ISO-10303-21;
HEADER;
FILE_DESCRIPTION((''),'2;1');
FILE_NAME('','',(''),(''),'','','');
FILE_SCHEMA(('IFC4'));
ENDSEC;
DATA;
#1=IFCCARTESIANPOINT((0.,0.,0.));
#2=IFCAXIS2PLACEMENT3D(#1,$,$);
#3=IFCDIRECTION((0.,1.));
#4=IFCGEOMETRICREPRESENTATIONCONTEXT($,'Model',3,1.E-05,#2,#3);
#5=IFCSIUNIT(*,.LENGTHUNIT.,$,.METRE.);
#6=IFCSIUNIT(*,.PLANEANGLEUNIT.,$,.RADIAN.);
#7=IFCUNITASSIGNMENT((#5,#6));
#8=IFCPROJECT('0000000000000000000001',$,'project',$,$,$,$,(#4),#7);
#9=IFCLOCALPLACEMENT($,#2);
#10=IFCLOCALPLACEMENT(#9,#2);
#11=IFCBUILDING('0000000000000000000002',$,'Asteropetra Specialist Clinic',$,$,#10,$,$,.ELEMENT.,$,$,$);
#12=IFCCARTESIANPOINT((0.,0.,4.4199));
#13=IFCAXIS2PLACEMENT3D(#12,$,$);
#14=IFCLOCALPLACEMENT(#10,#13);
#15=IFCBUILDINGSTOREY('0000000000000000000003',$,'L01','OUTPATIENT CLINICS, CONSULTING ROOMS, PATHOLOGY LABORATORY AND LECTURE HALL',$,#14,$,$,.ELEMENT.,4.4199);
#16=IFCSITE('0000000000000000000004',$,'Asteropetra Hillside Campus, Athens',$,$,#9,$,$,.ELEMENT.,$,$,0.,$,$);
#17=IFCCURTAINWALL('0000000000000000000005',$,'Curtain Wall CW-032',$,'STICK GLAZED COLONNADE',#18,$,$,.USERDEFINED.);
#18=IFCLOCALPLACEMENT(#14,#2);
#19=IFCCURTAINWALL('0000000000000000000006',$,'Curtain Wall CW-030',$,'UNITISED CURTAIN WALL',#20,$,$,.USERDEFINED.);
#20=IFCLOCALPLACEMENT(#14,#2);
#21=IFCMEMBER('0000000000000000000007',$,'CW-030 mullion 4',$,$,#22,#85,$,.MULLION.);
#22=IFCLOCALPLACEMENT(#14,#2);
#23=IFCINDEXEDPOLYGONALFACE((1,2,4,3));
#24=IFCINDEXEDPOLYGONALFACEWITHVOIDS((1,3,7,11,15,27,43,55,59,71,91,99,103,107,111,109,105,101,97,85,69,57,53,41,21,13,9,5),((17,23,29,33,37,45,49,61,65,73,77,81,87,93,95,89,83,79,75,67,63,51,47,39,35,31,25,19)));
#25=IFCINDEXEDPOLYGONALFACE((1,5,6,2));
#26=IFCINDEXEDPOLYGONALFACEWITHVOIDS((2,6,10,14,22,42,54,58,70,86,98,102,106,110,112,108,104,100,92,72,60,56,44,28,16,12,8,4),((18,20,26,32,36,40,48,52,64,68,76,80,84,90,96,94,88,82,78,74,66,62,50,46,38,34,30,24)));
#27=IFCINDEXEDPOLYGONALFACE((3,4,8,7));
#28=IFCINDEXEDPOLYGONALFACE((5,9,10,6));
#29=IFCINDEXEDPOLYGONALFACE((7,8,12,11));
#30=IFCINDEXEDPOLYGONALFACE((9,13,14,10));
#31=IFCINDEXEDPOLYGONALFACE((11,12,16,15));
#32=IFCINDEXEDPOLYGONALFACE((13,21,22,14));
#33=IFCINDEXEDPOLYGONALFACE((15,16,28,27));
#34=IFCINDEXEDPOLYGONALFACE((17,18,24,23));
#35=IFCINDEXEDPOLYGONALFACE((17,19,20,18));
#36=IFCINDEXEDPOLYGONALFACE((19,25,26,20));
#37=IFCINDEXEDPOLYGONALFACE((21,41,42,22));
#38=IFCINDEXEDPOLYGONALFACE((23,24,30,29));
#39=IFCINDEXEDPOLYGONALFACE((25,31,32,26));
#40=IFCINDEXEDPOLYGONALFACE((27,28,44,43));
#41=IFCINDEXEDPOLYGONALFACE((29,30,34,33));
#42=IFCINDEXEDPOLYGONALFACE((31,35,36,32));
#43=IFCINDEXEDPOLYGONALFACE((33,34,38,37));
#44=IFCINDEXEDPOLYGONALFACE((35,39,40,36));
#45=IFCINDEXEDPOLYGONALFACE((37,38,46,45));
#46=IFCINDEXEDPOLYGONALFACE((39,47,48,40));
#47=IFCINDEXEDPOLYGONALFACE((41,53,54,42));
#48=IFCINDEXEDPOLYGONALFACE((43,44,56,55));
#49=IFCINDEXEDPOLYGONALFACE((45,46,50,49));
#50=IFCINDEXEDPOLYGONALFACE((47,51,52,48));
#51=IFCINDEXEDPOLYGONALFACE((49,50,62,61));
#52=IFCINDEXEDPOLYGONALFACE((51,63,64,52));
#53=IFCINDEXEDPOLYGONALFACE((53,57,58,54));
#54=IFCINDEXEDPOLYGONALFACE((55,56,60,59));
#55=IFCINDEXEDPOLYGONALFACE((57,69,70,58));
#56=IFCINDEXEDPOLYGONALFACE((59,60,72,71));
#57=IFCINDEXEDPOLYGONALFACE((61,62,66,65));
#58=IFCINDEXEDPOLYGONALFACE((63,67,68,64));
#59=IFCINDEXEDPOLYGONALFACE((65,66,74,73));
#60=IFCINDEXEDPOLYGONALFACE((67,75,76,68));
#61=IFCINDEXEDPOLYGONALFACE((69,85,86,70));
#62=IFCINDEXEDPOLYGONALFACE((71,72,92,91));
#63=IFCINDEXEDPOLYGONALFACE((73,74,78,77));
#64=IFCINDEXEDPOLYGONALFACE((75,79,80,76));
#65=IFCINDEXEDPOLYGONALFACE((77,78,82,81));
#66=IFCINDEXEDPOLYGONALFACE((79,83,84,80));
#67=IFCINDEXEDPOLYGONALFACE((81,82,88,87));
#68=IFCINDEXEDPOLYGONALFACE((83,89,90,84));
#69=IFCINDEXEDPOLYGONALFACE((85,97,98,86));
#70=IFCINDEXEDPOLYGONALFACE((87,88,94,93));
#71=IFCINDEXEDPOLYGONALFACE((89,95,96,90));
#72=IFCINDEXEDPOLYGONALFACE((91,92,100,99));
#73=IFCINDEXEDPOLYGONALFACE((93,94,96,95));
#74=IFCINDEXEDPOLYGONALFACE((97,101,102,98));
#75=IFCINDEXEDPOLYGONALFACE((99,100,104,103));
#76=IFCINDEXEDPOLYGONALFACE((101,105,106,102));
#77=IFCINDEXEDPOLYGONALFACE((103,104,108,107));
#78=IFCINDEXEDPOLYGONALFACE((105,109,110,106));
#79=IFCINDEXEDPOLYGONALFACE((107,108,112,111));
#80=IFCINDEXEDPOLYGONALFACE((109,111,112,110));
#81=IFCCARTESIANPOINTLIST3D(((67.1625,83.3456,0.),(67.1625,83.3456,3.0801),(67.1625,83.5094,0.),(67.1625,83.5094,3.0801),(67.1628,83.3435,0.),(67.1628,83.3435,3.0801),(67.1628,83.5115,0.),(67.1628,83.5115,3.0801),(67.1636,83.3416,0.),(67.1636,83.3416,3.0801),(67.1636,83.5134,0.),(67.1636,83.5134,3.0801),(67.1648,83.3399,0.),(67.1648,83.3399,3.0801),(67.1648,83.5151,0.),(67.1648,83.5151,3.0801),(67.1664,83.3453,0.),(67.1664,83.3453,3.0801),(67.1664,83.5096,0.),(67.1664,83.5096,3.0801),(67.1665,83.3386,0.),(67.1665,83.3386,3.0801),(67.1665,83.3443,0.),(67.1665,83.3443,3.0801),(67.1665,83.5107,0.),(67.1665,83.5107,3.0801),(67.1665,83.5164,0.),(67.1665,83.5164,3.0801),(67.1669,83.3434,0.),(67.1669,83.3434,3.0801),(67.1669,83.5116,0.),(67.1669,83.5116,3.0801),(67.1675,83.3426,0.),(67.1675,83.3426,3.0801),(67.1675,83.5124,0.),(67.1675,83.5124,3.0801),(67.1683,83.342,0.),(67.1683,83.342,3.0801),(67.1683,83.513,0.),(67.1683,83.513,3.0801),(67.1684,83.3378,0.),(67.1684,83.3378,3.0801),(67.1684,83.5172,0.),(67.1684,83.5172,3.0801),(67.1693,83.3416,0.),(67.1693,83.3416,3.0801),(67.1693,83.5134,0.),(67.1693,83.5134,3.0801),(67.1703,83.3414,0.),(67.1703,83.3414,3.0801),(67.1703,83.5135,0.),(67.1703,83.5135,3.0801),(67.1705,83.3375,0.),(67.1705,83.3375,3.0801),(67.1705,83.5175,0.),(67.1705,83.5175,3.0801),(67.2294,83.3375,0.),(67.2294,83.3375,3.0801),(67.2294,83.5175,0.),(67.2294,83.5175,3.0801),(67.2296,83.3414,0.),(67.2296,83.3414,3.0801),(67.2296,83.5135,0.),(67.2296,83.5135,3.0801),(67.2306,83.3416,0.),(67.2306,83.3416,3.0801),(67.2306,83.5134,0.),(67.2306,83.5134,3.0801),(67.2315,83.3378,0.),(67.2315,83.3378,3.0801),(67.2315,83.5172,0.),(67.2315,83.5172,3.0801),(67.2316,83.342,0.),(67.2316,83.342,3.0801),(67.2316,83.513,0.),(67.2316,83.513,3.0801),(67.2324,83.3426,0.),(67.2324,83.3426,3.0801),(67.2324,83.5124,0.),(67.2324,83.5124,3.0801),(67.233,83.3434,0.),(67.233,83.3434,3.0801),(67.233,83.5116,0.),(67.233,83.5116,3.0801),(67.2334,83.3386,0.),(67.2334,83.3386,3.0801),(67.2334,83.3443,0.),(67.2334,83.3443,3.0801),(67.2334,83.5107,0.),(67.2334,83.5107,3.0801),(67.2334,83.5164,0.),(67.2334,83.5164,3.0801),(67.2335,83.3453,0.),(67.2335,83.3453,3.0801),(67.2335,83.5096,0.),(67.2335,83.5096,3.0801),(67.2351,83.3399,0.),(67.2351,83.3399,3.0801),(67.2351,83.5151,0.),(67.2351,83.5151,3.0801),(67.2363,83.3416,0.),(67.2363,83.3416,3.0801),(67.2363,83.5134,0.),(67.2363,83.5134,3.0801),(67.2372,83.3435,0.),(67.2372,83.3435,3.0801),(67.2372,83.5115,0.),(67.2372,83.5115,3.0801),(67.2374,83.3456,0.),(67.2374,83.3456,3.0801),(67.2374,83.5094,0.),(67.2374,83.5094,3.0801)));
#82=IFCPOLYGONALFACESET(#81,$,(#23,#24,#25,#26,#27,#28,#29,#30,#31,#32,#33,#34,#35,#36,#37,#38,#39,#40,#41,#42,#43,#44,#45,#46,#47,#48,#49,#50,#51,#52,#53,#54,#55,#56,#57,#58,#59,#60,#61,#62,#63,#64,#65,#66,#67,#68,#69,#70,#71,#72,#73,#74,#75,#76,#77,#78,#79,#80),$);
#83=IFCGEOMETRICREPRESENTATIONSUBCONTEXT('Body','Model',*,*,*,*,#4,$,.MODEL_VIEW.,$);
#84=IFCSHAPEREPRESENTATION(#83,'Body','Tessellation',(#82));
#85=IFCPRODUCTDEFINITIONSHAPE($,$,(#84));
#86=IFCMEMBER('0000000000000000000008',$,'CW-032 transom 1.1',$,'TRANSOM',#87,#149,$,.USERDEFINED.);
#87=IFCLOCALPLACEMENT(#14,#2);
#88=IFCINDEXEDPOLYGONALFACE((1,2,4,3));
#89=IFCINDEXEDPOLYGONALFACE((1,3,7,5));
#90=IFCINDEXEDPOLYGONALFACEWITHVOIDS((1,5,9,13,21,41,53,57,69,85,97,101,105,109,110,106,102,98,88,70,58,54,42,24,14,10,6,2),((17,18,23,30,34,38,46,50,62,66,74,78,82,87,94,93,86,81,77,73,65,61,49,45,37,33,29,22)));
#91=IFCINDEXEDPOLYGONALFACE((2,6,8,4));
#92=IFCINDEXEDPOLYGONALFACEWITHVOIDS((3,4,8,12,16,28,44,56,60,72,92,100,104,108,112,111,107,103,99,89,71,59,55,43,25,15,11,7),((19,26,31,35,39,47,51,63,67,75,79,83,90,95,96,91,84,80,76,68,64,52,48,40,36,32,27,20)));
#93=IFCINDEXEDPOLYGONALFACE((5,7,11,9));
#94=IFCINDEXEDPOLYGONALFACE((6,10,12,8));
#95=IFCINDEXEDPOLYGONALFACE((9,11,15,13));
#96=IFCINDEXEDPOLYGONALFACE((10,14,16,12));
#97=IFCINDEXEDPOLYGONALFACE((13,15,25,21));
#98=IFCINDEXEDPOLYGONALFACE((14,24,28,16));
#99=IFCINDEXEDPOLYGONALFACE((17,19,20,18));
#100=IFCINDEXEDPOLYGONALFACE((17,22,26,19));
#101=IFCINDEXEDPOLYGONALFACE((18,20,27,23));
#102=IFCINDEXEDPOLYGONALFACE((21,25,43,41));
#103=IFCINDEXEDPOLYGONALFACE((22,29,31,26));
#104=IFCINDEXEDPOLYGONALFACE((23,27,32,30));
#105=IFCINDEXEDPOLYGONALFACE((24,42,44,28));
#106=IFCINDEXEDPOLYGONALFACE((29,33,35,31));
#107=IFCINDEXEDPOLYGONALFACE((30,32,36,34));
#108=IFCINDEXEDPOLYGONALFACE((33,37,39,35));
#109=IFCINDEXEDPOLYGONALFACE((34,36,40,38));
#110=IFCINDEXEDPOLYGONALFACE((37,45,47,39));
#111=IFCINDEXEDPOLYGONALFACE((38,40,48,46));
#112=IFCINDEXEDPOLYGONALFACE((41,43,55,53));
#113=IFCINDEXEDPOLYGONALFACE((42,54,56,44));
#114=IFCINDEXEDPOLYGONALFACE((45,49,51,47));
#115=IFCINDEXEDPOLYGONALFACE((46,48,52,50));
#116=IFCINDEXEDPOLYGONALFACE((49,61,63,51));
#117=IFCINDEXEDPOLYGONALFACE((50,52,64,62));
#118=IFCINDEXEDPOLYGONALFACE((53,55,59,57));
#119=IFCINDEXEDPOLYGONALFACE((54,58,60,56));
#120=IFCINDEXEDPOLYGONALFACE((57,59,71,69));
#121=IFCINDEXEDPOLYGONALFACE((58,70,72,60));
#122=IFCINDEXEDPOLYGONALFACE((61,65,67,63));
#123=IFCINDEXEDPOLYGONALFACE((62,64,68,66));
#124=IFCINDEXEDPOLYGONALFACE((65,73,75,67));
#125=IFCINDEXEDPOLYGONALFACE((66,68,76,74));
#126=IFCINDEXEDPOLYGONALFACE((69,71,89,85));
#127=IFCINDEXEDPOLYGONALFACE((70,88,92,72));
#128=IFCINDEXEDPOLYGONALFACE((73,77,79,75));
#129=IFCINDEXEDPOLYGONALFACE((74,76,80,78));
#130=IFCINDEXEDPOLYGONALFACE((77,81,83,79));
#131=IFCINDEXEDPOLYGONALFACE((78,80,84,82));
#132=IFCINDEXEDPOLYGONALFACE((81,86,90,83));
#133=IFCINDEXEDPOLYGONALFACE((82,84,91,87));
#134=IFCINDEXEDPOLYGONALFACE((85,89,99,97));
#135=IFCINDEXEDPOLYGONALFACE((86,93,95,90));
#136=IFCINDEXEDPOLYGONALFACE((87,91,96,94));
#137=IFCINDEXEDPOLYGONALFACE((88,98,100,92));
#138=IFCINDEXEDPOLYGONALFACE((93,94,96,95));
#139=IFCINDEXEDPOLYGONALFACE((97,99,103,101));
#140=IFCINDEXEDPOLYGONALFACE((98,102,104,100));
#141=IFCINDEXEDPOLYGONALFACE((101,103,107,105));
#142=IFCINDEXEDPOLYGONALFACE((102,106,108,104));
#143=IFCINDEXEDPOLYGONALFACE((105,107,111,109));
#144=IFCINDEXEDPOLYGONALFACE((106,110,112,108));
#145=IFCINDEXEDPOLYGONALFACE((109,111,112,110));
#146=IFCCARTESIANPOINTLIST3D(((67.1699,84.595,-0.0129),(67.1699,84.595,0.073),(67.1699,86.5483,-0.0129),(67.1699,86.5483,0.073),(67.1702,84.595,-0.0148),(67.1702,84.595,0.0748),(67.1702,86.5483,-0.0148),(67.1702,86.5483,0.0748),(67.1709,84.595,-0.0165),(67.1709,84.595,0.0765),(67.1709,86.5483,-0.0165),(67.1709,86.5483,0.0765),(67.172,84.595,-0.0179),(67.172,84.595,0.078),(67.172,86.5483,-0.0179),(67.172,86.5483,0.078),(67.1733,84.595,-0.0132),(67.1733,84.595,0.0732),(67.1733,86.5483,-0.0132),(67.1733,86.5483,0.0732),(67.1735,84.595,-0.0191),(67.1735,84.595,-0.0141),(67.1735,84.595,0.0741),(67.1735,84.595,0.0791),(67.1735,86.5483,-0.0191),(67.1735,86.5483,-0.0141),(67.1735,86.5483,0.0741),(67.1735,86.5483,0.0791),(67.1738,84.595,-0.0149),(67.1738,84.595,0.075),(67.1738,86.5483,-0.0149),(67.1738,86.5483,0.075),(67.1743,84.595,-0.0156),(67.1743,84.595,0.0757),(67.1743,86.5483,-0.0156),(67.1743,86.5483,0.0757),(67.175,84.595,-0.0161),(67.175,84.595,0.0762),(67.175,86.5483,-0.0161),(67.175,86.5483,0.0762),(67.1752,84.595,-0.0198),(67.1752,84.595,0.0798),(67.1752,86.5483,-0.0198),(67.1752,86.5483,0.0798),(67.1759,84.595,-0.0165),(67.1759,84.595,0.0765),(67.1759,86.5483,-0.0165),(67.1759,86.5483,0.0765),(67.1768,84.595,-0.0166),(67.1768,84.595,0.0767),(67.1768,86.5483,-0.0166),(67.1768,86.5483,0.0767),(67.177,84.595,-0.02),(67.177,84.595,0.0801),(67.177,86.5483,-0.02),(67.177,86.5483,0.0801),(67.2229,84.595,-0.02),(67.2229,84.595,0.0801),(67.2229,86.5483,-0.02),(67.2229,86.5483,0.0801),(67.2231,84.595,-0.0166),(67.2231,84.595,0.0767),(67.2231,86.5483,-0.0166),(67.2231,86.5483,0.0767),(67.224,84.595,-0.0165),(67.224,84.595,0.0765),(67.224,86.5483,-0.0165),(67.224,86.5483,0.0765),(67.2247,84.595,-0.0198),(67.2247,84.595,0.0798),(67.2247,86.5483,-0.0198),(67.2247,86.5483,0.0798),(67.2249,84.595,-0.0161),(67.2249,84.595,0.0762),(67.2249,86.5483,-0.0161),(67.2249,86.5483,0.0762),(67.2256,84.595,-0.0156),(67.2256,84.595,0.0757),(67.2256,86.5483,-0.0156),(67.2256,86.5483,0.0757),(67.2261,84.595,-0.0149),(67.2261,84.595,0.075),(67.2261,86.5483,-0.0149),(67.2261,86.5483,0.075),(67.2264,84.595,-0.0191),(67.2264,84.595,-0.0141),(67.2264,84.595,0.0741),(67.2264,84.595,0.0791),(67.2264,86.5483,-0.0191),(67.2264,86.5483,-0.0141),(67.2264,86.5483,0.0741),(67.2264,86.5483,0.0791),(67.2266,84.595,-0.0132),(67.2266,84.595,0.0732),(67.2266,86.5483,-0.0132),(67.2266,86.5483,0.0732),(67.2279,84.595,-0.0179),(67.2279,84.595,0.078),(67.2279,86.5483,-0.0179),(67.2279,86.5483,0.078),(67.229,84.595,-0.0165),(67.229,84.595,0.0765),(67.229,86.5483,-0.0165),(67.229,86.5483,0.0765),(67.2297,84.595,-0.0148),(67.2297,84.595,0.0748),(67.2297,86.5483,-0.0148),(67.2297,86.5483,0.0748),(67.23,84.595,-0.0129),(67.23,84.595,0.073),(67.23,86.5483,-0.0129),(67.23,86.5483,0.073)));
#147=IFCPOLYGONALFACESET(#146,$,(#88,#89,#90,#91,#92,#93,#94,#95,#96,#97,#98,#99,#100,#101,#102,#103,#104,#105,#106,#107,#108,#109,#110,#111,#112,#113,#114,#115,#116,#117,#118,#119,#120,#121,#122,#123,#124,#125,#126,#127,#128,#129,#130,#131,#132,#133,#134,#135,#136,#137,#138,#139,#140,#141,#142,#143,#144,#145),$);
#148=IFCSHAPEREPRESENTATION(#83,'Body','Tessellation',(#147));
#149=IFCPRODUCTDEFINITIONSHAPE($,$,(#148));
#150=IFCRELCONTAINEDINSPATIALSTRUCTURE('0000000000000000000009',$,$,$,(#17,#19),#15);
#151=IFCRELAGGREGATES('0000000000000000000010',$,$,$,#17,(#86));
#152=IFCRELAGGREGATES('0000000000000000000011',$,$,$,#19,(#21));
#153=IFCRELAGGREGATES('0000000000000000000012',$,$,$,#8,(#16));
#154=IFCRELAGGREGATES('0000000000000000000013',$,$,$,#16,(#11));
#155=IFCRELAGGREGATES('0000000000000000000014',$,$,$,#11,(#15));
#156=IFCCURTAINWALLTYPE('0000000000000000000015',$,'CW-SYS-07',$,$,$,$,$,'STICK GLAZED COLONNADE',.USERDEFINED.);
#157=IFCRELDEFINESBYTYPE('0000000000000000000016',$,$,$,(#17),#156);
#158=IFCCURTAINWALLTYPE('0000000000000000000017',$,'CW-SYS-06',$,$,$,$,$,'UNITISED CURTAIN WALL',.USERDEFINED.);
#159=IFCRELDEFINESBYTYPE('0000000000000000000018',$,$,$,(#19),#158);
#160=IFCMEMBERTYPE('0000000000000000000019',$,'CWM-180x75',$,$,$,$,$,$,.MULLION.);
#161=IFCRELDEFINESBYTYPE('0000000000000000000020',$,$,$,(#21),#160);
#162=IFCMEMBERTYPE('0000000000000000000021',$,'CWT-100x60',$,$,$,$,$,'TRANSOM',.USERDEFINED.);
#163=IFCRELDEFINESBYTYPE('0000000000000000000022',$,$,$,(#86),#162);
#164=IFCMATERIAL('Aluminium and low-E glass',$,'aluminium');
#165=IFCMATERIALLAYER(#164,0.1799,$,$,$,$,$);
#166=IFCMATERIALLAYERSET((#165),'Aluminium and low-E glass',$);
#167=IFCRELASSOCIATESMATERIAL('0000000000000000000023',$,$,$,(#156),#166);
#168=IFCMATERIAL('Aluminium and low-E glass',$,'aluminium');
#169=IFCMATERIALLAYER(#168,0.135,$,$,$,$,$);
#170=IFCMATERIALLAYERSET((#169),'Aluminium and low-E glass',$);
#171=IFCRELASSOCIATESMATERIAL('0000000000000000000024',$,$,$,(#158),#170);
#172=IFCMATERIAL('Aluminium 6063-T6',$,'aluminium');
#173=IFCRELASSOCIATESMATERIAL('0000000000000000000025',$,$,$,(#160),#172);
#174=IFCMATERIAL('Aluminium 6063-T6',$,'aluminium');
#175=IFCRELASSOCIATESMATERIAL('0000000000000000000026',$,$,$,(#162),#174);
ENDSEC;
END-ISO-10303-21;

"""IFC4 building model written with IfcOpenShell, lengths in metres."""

from ifc_helpers import new_model, si_unit, direction, frame, origin, origin_2d, place, context, subcontext, project, spatial, hollow_rectangle, extrude, material, layer, layer_set, material_profile, profile_set, type_object, element, aggregate, save


model = new_model("IFC4")

# Units and contexts
model_context = context("Model", 3, precision=1e-05, world=origin(), true_north=direction((0.0, 1.0)))
body_context = subcontext(model_context, "Body", "Model", "MODEL_VIEW")
ifc_project = project(units=[si_unit("LENGTHUNIT", "METRE"), si_unit("PLANEANGLEUNIT", "RADIAN")], contexts=[model_context])

# Site, building, storey
site_placement = place(None, origin())
site = spatial("IfcSite", under=ifc_project, at=site_placement, Name="Asteropetra Hillside Campus, Athens", CompositionType="ELEMENT", RefElevation=0.0)
building_placement = place(site_placement, origin())
building = spatial("IfcBuilding", under=site, at=building_placement, Name="Asteropetra Specialist Clinic", CompositionType="ELEMENT")
storey_placement = place(building_placement, frame((0.0, 0.0, 4.4199)))
storey = spatial("IfcBuildingStorey", under=building, at=storey_placement, Name="L01", Description="OUTPATIENT CLINICS, CONSULTING ROOMS, PATHOLOGY LABORATORY AND LECTURE HALL", CompositionType="ELEMENT", Elevation=4.4199)

# Curtain wall
ifc_material_1 = material(Name="Aluminium and low-E glass", Category="aluminium")
ifc_layer_1 = layer(ifc_material_1, 0.1799)
ifc_layer_set_1 = layer_set([ifc_layer_1], Name="Aluminium and low-E glass")
curtain_wall_type_1 = type_object("IfcCurtainWallType", Name="CW-SYS-07", ElementType="STICK GLAZED COLONNADE", PredefinedType="USERDEFINED", material=ifc_layer_set_1)
curtain_wall_1_placement = place(storey_placement, origin())
curtain_wall_1 = element("IfcCurtainWall", 1, at=curtain_wall_1_placement, inside=storey, type_object=curtain_wall_type_1, Name="Curtain Wall CW-032", ObjectType="STICK GLAZED COLONNADE", PredefinedType="USERDEFINED")

# Curtain wall, member
ifc_material_2 = material(Name="Aluminium and low-E glass", Category="aluminium")
ifc_layer_2 = layer(ifc_material_2, 0.135)
ifc_layer_set_2 = layer_set([ifc_layer_2], Name="Aluminium and low-E glass")
curtain_wall_type_2 = type_object("IfcCurtainWallType", Name="CW-SYS-06", ElementType="UNITISED CURTAIN WALL", PredefinedType="USERDEFINED", material=ifc_layer_set_2)
curtain_wall_2_placement = place(storey_placement, origin())
curtain_wall_2 = element("IfcCurtainWall", 2, at=curtain_wall_2_placement, inside=storey, type_object=curtain_wall_type_2, Name="Curtain Wall CW-030", ObjectType="UNITISED CURTAIN WALL", PredefinedType="USERDEFINED")
ifc_material_3 = material(Name="Aluminium 6063-T6", Category="aluminium")
ifc_material_profile_1 = material_profile(ifc_material_3, hollow_rectangle(XDim=0.075, YDim=0.1799, WallThickness=0.0039, InnerFilletRadius=0.0039, OuterFilletRadius=0.0081, at=origin_2d()), Name="MUL 180x75x4.0")
ifc_profile_set_1 = profile_set([ifc_material_profile_1], Name="Aluminium 6063-T6")
member_type_1 = type_object("IfcMemberType", Name="CWM-180x75", PredefinedType="MULLION", material=ifc_profile_set_1)
member_1_placement = place(storey_placement, frame((67.2, 83.4275, 0.0), z_axis=(0.0, 0.0, 1.0), x_axis=(-1.0, 0.0, 0.0)))
member_1 = element("IfcMember", 3, at=member_1_placement, type_object=member_type_1, Name="CW-030 mullion 4", PredefinedType="MULLION", context=body_context, shape_type="SweptSolid", body=[
    extrude(hollow_rectangle(XDim=0.075, YDim=0.1799, WallThickness=0.0039, InnerFilletRadius=0.0039, OuterFilletRadius=0.0081, at=origin_2d()), origin(), (0.0, 0.0, 1.0), 3.0801),
])

# Member
ifc_material_4 = material(Name="Aluminium 6063-T6", Category="aluminium")
ifc_material_profile_2 = material_profile(ifc_material_4, hollow_rectangle(XDim=0.0601, YDim=0.1001, WallThickness=0.0034, InnerFilletRadius=0.0034, OuterFilletRadius=0.0071, at=origin_2d()), Name="TRN 100x60x3.5")
ifc_profile_set_2 = profile_set([ifc_material_profile_2], Name="Aluminium 6063-T6")
member_type_2 = type_object("IfcMemberType", Name="CWT-100x60", ElementType="TRANSOM", PredefinedType="USERDEFINED", material=ifc_profile_set_2)
member_2_placement = place(storey_placement, frame((67.2, 84.595, 0.03), z_axis=(0.0, 1.0, 0.0), x_axis=(-1.0, 0.0, 0.0)))
member_2 = element("IfcMember", 4, at=member_2_placement, type_object=member_type_2, Name="CW-032 transom 1.1", ObjectType="TRANSOM", PredefinedType="USERDEFINED", context=body_context, shape_type="SweptSolid", body=[
    extrude(hollow_rectangle(XDim=0.0601, YDim=0.1001, WallThickness=0.0034, InnerFilletRadius=0.0034, OuterFilletRadius=0.0071, at=origin_2d()), origin(), (0.0, 0.0, 1.0), 1.9534),
])

aggregate(curtain_wall_1, [member_2])
aggregate(curtain_wall_2, [member_1])

save(model, "model.ifc")
